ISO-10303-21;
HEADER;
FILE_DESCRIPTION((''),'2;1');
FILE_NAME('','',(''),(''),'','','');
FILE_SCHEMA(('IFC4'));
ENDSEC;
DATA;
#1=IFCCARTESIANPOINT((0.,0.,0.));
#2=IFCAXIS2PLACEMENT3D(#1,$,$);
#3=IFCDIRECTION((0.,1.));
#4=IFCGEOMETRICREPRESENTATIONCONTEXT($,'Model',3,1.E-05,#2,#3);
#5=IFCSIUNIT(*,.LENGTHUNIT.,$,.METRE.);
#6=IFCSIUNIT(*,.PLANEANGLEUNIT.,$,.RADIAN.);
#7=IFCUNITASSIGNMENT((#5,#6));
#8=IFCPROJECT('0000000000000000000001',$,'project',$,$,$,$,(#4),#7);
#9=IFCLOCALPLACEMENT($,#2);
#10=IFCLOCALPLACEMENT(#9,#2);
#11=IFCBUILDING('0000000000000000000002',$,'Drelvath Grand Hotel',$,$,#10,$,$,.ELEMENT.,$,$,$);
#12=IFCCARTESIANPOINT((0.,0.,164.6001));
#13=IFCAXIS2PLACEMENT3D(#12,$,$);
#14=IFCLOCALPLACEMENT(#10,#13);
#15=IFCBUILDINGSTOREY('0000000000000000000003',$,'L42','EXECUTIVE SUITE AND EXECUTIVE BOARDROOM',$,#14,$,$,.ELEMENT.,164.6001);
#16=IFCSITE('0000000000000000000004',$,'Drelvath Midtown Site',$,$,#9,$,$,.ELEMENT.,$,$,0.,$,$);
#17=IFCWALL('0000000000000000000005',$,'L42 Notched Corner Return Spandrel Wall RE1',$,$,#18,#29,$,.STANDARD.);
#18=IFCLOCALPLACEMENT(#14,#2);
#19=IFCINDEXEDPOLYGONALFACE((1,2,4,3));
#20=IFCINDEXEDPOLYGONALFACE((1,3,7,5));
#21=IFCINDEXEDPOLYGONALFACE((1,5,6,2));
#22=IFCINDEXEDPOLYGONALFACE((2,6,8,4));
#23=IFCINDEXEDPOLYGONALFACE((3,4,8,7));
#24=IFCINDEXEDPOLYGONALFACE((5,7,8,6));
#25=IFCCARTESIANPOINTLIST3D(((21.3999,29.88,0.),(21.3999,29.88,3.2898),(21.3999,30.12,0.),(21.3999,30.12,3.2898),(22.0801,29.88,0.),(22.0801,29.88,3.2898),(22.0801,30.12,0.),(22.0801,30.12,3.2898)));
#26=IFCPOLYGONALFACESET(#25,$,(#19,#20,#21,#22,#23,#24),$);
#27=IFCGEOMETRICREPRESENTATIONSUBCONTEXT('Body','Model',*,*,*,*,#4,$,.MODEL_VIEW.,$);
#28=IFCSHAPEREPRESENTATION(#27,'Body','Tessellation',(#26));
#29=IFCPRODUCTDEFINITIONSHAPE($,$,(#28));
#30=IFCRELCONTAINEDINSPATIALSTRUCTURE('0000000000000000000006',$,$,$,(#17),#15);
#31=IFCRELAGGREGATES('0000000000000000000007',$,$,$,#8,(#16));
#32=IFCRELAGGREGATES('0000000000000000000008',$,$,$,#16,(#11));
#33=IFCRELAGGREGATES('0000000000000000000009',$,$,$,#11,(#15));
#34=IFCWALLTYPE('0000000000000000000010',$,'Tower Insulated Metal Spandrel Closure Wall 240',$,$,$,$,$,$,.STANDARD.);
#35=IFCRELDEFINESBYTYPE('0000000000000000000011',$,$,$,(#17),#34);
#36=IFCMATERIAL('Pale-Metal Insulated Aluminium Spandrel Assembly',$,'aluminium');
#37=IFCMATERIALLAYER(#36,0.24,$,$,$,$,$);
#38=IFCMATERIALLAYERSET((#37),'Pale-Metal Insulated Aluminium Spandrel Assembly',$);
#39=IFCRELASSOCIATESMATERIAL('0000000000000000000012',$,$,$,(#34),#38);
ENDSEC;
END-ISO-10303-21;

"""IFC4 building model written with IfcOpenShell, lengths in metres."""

from ifc_helpers import new_model, si_unit, direction, frame, frame_2d, origin, place, context, subcontext, project, spatial, rectangle, extrude, material, layer, layer_set, type_object, element, save


model = new_model("IFC4")

# Units and contexts
model_context = context("Model", 3, precision=1e-05, world=origin(), true_north=direction((0.0, 1.0)))
body_context = subcontext(model_context, "Body", "Model", "MODEL_VIEW")
ifc_project = project(units=[si_unit("LENGTHUNIT", "METRE"), si_unit("PLANEANGLEUNIT", "RADIAN")], contexts=[model_context])

# Site, building, storey
site_placement = place(None, origin())
site = spatial("IfcSite", under=ifc_project, at=site_placement, Name="Drelvath Midtown Site", CompositionType="ELEMENT", RefElevation=0.0)
building_placement = place(site_placement, origin())
building = spatial("IfcBuilding", under=site, at=building_placement, Name="Drelvath Grand Hotel", CompositionType="ELEMENT")
storey_placement = place(building_placement, frame((0.0, 0.0, 164.6001)))
storey = spatial("IfcBuildingStorey", under=building, at=storey_placement, Name="L42", Description="EXECUTIVE SUITE AND EXECUTIVE BOARDROOM", CompositionType="ELEMENT", Elevation=164.6001)

# Wall
ifc_material_1 = material(Name="Pale-Metal Insulated Aluminium Spandrel Assembly", Category="aluminium")
ifc_layer_1 = layer(ifc_material_1, 0.24)
ifc_layer_set_1 = layer_set([ifc_layer_1], Name="Pale-Metal Insulated Aluminium Spandrel Assembly")
wall_type = type_object("IfcWallType", Name="Tower Insulated Metal Spandrel Closure Wall 240", PredefinedType="STANDARD", material=ifc_layer_set_1)
wall_placement = place(storey_placement, frame((22.0801, 30.0, 0.0), z_axis=(0.0, 0.0, 1.0), x_axis=(-1.0, 0.0, 0.0)))
element("IfcWall", 1, at=wall_placement, inside=storey, type_object=wall_type, Name="L42 Notched Corner Return Spandrel Wall RE1", PredefinedType="STANDARD", context=body_context, shape_type="SweptSolid", body=[
    extrude(rectangle(XDim=0.6802, YDim=0.24, at=frame_2d((0.3401, 0.0))), origin(), (0.0, 0.0, 1.0), 3.2898),
])

save(model, "model.ifc")
